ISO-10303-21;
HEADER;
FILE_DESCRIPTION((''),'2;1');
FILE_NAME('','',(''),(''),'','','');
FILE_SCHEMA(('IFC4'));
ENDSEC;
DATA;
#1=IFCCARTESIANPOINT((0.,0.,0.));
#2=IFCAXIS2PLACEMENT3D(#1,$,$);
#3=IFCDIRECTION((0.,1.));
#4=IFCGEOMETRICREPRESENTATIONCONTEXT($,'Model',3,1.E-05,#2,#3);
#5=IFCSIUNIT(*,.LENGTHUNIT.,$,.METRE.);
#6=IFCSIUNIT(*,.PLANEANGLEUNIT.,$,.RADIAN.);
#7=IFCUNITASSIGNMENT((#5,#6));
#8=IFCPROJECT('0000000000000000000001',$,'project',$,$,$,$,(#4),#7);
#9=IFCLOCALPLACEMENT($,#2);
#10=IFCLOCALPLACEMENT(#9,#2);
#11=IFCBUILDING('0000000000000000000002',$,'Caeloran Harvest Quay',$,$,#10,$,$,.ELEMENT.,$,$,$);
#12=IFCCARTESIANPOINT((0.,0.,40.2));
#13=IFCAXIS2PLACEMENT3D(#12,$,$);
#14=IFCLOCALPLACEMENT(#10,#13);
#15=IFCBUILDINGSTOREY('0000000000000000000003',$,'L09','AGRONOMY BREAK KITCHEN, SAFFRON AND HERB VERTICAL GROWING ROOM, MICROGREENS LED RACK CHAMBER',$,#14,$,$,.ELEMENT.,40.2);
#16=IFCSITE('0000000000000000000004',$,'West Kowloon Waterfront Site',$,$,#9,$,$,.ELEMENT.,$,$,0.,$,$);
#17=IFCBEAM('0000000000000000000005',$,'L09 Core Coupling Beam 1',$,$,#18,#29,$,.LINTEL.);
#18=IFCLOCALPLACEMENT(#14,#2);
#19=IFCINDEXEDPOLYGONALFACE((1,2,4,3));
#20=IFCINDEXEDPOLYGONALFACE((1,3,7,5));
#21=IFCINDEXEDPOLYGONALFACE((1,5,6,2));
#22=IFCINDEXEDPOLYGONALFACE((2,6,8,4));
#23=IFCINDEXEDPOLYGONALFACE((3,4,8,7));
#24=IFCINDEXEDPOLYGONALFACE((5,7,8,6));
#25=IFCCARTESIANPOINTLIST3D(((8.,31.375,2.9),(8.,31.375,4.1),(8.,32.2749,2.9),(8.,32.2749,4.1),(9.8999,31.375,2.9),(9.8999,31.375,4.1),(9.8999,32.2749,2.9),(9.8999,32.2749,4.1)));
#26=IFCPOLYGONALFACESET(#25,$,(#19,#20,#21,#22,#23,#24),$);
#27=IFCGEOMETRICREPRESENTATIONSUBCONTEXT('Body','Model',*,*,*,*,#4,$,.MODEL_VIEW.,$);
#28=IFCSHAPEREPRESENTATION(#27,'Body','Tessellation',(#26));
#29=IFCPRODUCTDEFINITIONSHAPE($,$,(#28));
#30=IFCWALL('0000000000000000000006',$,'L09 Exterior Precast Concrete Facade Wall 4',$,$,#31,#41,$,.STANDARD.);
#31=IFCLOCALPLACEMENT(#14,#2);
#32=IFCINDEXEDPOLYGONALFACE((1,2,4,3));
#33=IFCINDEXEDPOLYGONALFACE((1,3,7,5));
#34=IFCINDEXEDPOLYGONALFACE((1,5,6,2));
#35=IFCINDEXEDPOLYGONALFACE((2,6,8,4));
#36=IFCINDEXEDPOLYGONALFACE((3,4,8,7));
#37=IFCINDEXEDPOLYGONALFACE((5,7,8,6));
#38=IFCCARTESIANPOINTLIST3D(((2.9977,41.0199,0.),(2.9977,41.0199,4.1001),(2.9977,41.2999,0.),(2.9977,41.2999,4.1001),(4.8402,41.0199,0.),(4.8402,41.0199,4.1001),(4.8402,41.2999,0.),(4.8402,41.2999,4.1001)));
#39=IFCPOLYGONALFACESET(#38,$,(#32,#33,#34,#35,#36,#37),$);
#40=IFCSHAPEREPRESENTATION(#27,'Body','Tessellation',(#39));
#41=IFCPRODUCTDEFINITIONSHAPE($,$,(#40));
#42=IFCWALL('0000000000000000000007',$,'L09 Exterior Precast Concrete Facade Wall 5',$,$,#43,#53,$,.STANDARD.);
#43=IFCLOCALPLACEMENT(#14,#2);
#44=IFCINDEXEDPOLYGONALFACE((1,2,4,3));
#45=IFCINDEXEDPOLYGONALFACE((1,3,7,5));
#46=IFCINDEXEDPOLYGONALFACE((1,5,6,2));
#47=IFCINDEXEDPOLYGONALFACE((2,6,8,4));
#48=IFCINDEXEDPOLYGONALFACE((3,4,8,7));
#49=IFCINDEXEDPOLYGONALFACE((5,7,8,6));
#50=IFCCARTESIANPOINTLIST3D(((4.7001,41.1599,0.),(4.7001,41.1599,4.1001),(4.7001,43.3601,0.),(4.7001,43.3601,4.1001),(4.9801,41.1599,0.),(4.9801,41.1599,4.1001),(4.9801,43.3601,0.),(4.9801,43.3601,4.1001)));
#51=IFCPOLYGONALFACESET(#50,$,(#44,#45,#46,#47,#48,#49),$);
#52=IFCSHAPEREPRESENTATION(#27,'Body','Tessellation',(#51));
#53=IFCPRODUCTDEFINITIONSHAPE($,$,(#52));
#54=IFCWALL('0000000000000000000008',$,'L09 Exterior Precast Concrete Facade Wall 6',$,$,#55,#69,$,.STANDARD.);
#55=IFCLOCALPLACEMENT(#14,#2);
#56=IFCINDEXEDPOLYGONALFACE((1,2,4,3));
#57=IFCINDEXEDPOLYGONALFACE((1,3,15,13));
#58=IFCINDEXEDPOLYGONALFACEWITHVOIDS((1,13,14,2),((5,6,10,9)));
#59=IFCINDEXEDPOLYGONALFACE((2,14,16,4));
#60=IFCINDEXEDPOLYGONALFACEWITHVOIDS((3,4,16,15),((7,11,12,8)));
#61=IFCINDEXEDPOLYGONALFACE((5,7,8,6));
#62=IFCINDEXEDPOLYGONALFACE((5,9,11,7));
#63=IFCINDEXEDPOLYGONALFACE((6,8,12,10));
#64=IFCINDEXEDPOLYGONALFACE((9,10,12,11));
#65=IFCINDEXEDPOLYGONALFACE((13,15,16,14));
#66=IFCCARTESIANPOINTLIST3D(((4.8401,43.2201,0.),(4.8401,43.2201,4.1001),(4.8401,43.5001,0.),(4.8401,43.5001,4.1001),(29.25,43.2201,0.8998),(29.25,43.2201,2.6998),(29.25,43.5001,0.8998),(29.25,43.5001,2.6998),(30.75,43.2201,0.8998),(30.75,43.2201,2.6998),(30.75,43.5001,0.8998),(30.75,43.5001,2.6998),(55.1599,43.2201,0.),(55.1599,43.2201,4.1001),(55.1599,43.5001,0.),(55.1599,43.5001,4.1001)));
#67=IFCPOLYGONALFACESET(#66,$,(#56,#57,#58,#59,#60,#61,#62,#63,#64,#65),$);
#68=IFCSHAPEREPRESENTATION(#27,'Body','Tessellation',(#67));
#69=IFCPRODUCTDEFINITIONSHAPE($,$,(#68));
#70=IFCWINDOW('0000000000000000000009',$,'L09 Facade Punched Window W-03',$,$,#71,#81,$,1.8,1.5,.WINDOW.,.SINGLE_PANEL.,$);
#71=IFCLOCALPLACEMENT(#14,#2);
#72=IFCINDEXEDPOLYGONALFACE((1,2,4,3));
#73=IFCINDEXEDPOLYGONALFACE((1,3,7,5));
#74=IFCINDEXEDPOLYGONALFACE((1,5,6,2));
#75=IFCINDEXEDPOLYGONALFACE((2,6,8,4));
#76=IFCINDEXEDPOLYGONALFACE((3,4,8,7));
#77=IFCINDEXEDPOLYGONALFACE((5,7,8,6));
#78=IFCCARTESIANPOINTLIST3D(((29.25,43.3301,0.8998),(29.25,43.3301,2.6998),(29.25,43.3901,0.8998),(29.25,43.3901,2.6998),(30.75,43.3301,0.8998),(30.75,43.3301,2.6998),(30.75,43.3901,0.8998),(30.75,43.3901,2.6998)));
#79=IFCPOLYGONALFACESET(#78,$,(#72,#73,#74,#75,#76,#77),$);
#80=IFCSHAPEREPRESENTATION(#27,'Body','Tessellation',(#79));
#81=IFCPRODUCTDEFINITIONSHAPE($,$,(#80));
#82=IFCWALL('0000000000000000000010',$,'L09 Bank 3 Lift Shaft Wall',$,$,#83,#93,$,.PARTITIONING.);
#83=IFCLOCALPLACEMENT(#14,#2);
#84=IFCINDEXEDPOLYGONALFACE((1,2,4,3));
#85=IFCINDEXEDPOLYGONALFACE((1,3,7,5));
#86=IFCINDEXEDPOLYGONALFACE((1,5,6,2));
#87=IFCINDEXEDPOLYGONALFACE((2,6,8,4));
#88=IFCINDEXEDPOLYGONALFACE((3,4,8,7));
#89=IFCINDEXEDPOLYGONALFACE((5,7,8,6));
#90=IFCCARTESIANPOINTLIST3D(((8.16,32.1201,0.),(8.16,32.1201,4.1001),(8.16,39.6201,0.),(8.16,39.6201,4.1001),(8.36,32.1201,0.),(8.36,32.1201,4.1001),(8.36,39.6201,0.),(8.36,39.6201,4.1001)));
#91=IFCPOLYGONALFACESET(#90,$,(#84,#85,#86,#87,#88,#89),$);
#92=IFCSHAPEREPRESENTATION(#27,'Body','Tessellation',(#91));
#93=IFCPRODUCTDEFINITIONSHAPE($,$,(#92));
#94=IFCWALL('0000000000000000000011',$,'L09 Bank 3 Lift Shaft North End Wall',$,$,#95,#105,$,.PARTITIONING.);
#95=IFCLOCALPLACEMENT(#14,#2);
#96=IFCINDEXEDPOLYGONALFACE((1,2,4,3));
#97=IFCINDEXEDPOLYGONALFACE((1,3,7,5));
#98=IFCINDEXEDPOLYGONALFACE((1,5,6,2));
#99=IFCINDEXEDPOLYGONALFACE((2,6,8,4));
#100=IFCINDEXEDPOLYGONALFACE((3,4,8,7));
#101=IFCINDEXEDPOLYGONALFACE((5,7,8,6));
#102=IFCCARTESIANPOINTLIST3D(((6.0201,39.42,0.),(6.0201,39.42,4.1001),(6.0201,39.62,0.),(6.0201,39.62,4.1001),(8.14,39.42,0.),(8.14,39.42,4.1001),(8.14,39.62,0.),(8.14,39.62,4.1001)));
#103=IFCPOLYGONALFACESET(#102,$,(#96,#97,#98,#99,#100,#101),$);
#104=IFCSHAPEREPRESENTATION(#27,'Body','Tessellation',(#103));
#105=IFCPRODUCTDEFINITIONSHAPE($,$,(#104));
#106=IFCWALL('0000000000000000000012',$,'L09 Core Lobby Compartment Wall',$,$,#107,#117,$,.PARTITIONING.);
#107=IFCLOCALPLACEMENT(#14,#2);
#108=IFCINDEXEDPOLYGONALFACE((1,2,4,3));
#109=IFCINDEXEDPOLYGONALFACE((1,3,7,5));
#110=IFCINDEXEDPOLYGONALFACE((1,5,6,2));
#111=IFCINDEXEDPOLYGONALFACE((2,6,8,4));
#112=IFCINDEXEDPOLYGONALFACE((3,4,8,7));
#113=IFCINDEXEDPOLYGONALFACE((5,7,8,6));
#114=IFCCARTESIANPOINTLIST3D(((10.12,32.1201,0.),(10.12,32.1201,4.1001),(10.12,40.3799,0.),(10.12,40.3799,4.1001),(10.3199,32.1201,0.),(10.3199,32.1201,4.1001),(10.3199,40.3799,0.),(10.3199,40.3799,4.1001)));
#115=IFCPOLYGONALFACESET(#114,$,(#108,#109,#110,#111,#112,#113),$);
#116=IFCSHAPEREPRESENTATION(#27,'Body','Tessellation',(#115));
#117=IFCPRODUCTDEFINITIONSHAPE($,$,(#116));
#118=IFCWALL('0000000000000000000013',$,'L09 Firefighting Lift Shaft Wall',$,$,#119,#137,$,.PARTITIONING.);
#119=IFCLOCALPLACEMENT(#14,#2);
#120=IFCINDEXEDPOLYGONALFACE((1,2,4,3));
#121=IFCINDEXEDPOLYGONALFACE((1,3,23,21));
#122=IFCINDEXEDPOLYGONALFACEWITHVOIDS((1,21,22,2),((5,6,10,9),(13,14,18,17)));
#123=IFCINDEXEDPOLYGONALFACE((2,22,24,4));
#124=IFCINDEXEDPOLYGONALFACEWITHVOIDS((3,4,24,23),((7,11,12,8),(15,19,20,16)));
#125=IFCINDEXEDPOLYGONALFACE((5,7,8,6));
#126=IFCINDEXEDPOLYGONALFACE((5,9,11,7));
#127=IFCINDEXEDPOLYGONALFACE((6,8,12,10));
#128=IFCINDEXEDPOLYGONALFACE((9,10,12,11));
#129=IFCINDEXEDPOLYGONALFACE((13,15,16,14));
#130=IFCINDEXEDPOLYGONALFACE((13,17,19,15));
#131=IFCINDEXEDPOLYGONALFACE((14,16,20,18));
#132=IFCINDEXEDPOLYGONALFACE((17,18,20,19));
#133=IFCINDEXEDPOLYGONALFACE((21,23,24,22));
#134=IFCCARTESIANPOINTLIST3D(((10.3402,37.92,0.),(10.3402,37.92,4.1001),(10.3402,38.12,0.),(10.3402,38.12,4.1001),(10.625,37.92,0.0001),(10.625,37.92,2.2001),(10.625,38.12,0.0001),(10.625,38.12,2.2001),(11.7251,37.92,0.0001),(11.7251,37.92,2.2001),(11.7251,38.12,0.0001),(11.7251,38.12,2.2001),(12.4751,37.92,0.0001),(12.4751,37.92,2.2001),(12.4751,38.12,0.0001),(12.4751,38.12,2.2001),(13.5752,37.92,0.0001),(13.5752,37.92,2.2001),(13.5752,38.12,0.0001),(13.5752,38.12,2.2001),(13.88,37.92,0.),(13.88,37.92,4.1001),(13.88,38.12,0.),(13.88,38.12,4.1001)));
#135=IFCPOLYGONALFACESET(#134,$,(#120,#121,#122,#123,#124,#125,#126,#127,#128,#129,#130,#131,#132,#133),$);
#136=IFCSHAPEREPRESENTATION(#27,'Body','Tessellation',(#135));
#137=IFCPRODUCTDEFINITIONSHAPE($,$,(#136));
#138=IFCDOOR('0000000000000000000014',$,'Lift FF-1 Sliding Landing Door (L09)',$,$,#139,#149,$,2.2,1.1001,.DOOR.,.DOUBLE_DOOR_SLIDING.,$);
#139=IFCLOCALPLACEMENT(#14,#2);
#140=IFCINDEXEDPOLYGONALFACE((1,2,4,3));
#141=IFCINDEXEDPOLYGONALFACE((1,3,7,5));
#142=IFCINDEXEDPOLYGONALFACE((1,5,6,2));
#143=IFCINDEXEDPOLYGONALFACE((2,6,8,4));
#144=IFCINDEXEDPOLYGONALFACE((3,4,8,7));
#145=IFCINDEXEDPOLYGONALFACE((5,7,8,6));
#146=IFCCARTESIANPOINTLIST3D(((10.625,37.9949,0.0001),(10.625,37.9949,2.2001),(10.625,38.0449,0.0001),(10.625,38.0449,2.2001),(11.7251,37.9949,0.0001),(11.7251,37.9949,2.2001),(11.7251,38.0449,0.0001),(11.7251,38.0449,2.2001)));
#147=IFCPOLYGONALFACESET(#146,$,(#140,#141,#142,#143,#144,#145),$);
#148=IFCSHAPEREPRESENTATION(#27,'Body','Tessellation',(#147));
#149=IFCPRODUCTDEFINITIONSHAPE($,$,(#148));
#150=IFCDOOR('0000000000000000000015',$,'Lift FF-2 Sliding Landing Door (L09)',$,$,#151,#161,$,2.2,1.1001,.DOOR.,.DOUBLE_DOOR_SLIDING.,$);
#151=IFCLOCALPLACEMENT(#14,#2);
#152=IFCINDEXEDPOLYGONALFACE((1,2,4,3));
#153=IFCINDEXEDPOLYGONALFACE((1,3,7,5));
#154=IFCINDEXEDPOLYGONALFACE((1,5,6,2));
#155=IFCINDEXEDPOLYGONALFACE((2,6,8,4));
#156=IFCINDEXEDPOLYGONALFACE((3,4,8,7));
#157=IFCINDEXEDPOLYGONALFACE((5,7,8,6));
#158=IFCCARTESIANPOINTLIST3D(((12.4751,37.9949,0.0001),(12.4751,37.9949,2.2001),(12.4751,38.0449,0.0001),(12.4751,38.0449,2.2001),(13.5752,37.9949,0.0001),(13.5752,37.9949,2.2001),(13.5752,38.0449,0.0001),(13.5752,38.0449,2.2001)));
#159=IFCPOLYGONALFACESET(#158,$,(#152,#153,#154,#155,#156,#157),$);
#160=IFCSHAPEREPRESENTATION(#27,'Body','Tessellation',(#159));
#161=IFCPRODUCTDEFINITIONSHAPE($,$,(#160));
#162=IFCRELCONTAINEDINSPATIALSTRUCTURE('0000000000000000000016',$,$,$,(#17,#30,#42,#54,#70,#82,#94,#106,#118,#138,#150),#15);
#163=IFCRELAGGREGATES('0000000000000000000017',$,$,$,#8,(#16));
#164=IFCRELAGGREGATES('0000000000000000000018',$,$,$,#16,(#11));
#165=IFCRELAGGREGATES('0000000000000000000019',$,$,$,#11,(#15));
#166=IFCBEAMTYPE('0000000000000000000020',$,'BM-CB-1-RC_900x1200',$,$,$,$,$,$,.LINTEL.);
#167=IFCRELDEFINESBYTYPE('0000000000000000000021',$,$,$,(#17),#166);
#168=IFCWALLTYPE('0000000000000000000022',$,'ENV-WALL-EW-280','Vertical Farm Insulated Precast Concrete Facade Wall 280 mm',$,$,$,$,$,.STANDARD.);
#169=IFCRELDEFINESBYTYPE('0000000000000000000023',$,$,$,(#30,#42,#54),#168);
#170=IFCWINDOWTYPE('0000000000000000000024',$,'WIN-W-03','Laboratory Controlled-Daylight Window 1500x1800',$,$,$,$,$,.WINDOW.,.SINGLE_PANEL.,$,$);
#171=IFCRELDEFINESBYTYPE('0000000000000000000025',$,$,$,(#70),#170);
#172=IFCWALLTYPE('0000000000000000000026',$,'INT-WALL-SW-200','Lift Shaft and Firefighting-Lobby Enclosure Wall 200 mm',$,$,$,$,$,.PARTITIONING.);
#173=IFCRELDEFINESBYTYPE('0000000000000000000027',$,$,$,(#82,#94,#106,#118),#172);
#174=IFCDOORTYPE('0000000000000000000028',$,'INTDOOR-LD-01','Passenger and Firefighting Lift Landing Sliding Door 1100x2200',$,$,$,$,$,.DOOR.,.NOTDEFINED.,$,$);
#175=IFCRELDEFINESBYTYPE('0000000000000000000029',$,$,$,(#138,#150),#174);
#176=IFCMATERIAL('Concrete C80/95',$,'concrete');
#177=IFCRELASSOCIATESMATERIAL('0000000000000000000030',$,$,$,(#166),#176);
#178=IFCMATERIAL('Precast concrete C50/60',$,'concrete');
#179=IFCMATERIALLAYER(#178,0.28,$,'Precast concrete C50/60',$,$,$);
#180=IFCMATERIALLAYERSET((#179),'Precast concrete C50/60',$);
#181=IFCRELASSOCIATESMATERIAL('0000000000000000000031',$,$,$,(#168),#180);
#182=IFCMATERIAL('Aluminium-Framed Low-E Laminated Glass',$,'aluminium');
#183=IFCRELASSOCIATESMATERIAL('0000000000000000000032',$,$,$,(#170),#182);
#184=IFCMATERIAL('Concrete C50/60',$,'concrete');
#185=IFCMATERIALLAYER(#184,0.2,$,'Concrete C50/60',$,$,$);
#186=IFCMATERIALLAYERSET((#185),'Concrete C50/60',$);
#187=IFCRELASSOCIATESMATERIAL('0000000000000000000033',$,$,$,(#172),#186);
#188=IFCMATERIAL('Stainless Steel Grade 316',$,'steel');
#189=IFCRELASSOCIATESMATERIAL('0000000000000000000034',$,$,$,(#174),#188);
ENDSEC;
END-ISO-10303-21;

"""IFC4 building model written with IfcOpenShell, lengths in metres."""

from ifc_helpers import new_model, si_unit, direction, frame, frame_2d, origin, origin_2d, place, context, subcontext, project, spatial, rectangle, extrude, material, layer, layer_set, material_profile, profile_set, type_object, element, fill, save


model = new_model("IFC4")

# Units and contexts
model_context = context("Model", 3, precision=1e-05, world=origin(), true_north=direction((0.0, 1.0)))
body_context = subcontext(model_context, "Body", "Model", "MODEL_VIEW")
ifc_project = project(units=[si_unit("LENGTHUNIT", "METRE"), si_unit("PLANEANGLEUNIT", "RADIAN")], contexts=[model_context])

# Site, building, storey
site_placement = place(None, origin())
site = spatial("IfcSite", under=ifc_project, at=site_placement, Name="West Kowloon Waterfront Site", CompositionType="ELEMENT", RefElevation=0.0)
building_placement = place(site_placement, origin())
building = spatial("IfcBuilding", under=site, at=building_placement, Name="Caeloran Harvest Quay", CompositionType="ELEMENT")
storey_placement = place(building_placement, frame((0.0, 0.0, 40.2)))
storey = spatial("IfcBuildingStorey", under=building, at=storey_placement, Name="L09", Description="AGRONOMY BREAK KITCHEN, SAFFRON AND HERB VERTICAL GROWING ROOM, MICROGREENS LED RACK CHAMBER", CompositionType="ELEMENT", Elevation=40.2)

# Beam
ifc_material_1 = material(Name="Concrete C80/95", Category="concrete")
ifc_material_profile = material_profile(ifc_material_1, rectangle(XDim=0.8999, YDim=1.2, at=origin_2d()), Name="RC 900x1200")
ifc_profile_set = profile_set([ifc_material_profile], Name="Concrete C80/95")
beam_type = type_object("IfcBeamType", Name="BM-CB-1-RC_900x1200", PredefinedType="LINTEL", material=ifc_profile_set)
beam_placement = place(storey_placement, frame((8.0, 31.825, 3.5), z_axis=(1.0, 0.0, 0.0), x_axis=(0.0, 1.0, 0.0)))
element("IfcBeam", 1, at=beam_placement, inside=storey, type_object=beam_type, Name="L09 Core Coupling Beam 1", PredefinedType="LINTEL", context=body_context, shape_type="SweptSolid", body=[
    extrude(rectangle(XDim=0.8999, YDim=1.2, at=origin_2d()), origin(), (0.0, 0.0, 1.0), 1.8999),
])

# Walls
ifc_material_2 = material(Name="Precast concrete C50/60", Category="concrete")
ifc_layer_1 = layer(ifc_material_2, 0.28, Name="Precast concrete C50/60")
ifc_layer_set_1 = layer_set([ifc_layer_1], Name="Precast concrete C50/60")
wall_type_1 = type_object("IfcWallType", Name="ENV-WALL-EW-280", Description="Vertical Farm Insulated Precast Concrete Facade Wall 280 mm", PredefinedType="STANDARD", material=ifc_layer_set_1)
wall_1_placement = place(storey_placement, frame((2.9976, 41.1599, 0.0), z_axis=(0.0, 0.0, 1.0), x_axis=(1.0, 0.0, 0.0)))
element("IfcWall", 2, at=wall_1_placement, inside=storey, type_object=wall_type_1, Name="L09 Exterior Precast Concrete Facade Wall 4", PredefinedType="STANDARD", context=body_context, shape_type="SweptSolid", body=[
    extrude(rectangle(XDim=1.8425, YDim=0.28, at=frame_2d((0.9214, 0.0))), origin(), (0.0, 0.0, 1.0), 4.1001),
])
wall_2_placement = place(storey_placement, frame((4.8401, 41.1599, 0.0), z_axis=(0.0, 0.0, 1.0), x_axis=(0.0, 1.0, 0.0)))
element("IfcWall", 3, at=wall_2_placement, inside=storey, type_object=wall_type_1, Name="L09 Exterior Precast Concrete Facade Wall 5", PredefinedType="STANDARD", context=body_context, shape_type="SweptSolid", body=[
    extrude(rectangle(XDim=2.2002, YDim=0.28, at=frame_2d((1.1001, 0.0))), origin(), (0.0, 0.0, 1.0), 4.1001),
])

# Wall, opening, window
wall_3_placement = place(storey_placement, frame((4.8401, 43.3601, 0.0), z_axis=(0.0, 0.0, 1.0), x_axis=(1.0, 0.0, 0.0)))
wall_3 = element("IfcWall", 4, at=wall_3_placement, inside=storey, type_object=wall_type_1, Name="L09 Exterior Precast Concrete Facade Wall 6", PredefinedType="STANDARD", context=body_context, shape_type="SweptSolid", body=[
    extrude(rectangle(XDim=50.3198, YDim=0.28, at=frame_2d((25.1599, 0.0))), origin(), (0.0, 0.0, 1.0), 4.1001),
])
opening_1_placement = place(wall_3_placement, frame((24.4099, 0.0, 0.8999)))
opening_1 = element("IfcOpeningElement", 5, at=opening_1_placement, cuts=wall_3, PredefinedType="OPENING", context=body_context, shape_type="SweptSolid", body=[
    extrude(rectangle(XDim=1.5, YDim=1.8, at=frame_2d((0.75, 0.8999))), frame((0.0, 0.1499, 0.0), z_axis=(0.0, -1.0, 0.0), x_axis=(1.0, 0.0, 0.0)), (0.0, 0.0, 1.0), 0.3),
])
ifc_material_3 = material(Name="Aluminium-Framed Low-E Laminated Glass", Category="aluminium")
window_type = type_object("IfcWindowType", Name="WIN-W-03", Description="Laboratory Controlled-Daylight Window 1500x1800", PartitioningType="SINGLE_PANEL", PredefinedType="WINDOW", material=ifc_material_3)
window_placement = place(opening_1_placement, origin())
window = element("IfcWindow", 6, at=window_placement, inside=storey, type_object=window_type, Name="L09 Facade Punched Window W-03", OverallHeight=1.8, OverallWidth=1.5, PartitioningType="SINGLE_PANEL", PredefinedType="WINDOW", context=body_context, shape_type="SweptSolid", body=[
    extrude(rectangle(XDim=1.5, YDim=1.8, at=frame_2d((0.75, 0.8999))), frame((0.0, 0.03, 0.0), z_axis=(0.0, -1.0, 0.0), x_axis=(1.0, 0.0, 0.0)), (0.0, 0.0, 1.0), 0.0601),
])
fill(opening_1, window)

# Walls
ifc_material_4 = material(Name="Concrete C50/60", Category="concrete")
ifc_layer_2 = layer(ifc_material_4, 0.2, Name="Concrete C50/60")
ifc_layer_set_2 = layer_set([ifc_layer_2], Name="Concrete C50/60")
wall_type_2 = type_object("IfcWallType", Name="INT-WALL-SW-200", Description="Lift Shaft and Firefighting-Lobby Enclosure Wall 200 mm", PredefinedType="PARTITIONING", material=ifc_layer_set_2)
wall_4_placement = place(storey_placement, frame((8.26, 32.1201, 0.0), z_axis=(0.0, 0.0, 1.0), x_axis=(0.0, 1.0, 0.0)))
element("IfcWall", 7, at=wall_4_placement, inside=storey, type_object=wall_type_2, Name="L09 Bank 3 Lift Shaft Wall", PredefinedType="PARTITIONING", context=body_context, shape_type="SweptSolid", body=[
    extrude(rectangle(XDim=7.5, YDim=0.2, at=frame_2d((3.75, 0.0))), origin(), (0.0, 0.0, 1.0), 4.1001),
])
wall_5_placement = place(storey_placement, frame((6.02, 39.52, 0.0), z_axis=(0.0, 0.0, 1.0), x_axis=(1.0, 0.0, 0.0)))
element("IfcWall", 8, at=wall_5_placement, inside=storey, type_object=wall_type_2, Name="L09 Bank 3 Lift Shaft North End Wall", PredefinedType="PARTITIONING", context=body_context, shape_type="SweptSolid", body=[
    extrude(rectangle(XDim=2.1199, YDim=0.2, at=frame_2d((1.0601, 0.0))), origin(), (0.0, 0.0, 1.0), 4.1001),
])
wall_6_placement = place(storey_placement, frame((10.22, 32.1201, 0.0), z_axis=(0.0, 0.0, 1.0), x_axis=(0.0, 1.0, 0.0)))
element("IfcWall", 9, at=wall_6_placement, inside=storey, type_object=wall_type_2, Name="L09 Core Lobby Compartment Wall", PredefinedType="PARTITIONING", context=body_context, shape_type="SweptSolid", body=[
    extrude(rectangle(XDim=8.2598, YDim=0.2, at=frame_2d((4.1299, 0.0))), origin(), (0.0, 0.0, 1.0), 4.1001),
])

# Wall, openings, doors
wall_7_placement = place(storey_placement, frame((10.3401, 38.02, 0.0), z_axis=(0.0, 0.0, 1.0), x_axis=(1.0, 0.0, 0.0)))
wall_7 = element("IfcWall", 10, at=wall_7_placement, inside=storey, type_object=wall_type_2, Name="L09 Firefighting Lift Shaft Wall", PredefinedType="PARTITIONING", context=body_context, shape_type="SweptSolid", body=[
    extrude(rectangle(XDim=3.5398, YDim=0.2, at=frame_2d((1.77, 0.0))), origin(), (0.0, 0.0, 1.0), 4.1001),
])
opening_2_placement = place(wall_7_placement, frame((0.2849, 0.0, 0.0)))
opening_2 = element("IfcOpeningElement", 11, at=opening_2_placement, cuts=wall_7, PredefinedType="OPENING", context=body_context, shape_type="SweptSolid", body=[
    extrude(rectangle(XDim=1.1001, YDim=2.2, at=frame_2d((0.55, 1.1001))), frame((0.0, 0.1099, 0.0), z_axis=(0.0, -1.0, 0.0), x_axis=(1.0, 0.0, 0.0)), (0.0, 0.0, 1.0), 0.22),
])
opening_3_placement = place(wall_7_placement, frame((2.135, 0.0, 0.0)))
opening_3 = element("IfcOpeningElement", 12, at=opening_3_placement, cuts=wall_7, PredefinedType="OPENING", context=body_context, shape_type="SweptSolid", body=[
    extrude(rectangle(XDim=1.1001, YDim=2.2, at=frame_2d((0.55, 1.1001))), frame((0.0, 0.1099, 0.0), z_axis=(0.0, -1.0, 0.0), x_axis=(1.0, 0.0, 0.0)), (0.0, 0.0, 1.0), 0.22),
])
ifc_material_5 = material(Name="Stainless Steel Grade 316", Category="steel")
door_type_1 = type_object("IfcDoorType", Name="INTDOOR-LD-01", Description="Passenger and Firefighting Lift Landing Sliding Door 1100x2200", OperationType="NOTDEFINED", PredefinedType="DOOR", material=ifc_material_5)
door_1_placement = place(opening_2_placement, origin())
door_1 = element("IfcDoor", 13, at=door_1_placement, inside=storey, type_object=door_type_1, Name="Lift FF-1 Sliding Landing Door (L09)", OperationType="DOUBLE_DOOR_SLIDING", OverallHeight=2.2, OverallWidth=1.1001, PredefinedType="DOOR", context=body_context, shape_type="SweptSolid", body=[
    extrude(rectangle(XDim=1.1001, YDim=2.2, at=frame_2d((0.55, 1.1001))), frame((0.0, 0.0249, 0.0), z_axis=(0.0, -1.0, 0.0), x_axis=(1.0, 0.0, 0.0)), (0.0, 0.0, 1.0), 0.05),
])
fill(opening_2, door_1)
door_2_placement = place(opening_3_placement, origin())
door_2 = element("IfcDoor", 14, at=door_2_placement, inside=storey, type_object=door_type_1, Name="Lift FF-2 Sliding Landing Door (L09)", OperationType="DOUBLE_DOOR_SLIDING", OverallHeight=2.2, OverallWidth=1.1001, PredefinedType="DOOR", context=body_context, shape_type="SweptSolid", body=[
    extrude(rectangle(XDim=1.1001, YDim=2.2, at=frame_2d((0.55, 1.1001))), frame((0.0, 0.0249, 0.0), z_axis=(0.0, -1.0, 0.0), x_axis=(1.0, 0.0, 0.0)), (0.0, 0.0, 1.0), 0.05),
])
fill(opening_3, door_2)

save(model, "model.ifc")
